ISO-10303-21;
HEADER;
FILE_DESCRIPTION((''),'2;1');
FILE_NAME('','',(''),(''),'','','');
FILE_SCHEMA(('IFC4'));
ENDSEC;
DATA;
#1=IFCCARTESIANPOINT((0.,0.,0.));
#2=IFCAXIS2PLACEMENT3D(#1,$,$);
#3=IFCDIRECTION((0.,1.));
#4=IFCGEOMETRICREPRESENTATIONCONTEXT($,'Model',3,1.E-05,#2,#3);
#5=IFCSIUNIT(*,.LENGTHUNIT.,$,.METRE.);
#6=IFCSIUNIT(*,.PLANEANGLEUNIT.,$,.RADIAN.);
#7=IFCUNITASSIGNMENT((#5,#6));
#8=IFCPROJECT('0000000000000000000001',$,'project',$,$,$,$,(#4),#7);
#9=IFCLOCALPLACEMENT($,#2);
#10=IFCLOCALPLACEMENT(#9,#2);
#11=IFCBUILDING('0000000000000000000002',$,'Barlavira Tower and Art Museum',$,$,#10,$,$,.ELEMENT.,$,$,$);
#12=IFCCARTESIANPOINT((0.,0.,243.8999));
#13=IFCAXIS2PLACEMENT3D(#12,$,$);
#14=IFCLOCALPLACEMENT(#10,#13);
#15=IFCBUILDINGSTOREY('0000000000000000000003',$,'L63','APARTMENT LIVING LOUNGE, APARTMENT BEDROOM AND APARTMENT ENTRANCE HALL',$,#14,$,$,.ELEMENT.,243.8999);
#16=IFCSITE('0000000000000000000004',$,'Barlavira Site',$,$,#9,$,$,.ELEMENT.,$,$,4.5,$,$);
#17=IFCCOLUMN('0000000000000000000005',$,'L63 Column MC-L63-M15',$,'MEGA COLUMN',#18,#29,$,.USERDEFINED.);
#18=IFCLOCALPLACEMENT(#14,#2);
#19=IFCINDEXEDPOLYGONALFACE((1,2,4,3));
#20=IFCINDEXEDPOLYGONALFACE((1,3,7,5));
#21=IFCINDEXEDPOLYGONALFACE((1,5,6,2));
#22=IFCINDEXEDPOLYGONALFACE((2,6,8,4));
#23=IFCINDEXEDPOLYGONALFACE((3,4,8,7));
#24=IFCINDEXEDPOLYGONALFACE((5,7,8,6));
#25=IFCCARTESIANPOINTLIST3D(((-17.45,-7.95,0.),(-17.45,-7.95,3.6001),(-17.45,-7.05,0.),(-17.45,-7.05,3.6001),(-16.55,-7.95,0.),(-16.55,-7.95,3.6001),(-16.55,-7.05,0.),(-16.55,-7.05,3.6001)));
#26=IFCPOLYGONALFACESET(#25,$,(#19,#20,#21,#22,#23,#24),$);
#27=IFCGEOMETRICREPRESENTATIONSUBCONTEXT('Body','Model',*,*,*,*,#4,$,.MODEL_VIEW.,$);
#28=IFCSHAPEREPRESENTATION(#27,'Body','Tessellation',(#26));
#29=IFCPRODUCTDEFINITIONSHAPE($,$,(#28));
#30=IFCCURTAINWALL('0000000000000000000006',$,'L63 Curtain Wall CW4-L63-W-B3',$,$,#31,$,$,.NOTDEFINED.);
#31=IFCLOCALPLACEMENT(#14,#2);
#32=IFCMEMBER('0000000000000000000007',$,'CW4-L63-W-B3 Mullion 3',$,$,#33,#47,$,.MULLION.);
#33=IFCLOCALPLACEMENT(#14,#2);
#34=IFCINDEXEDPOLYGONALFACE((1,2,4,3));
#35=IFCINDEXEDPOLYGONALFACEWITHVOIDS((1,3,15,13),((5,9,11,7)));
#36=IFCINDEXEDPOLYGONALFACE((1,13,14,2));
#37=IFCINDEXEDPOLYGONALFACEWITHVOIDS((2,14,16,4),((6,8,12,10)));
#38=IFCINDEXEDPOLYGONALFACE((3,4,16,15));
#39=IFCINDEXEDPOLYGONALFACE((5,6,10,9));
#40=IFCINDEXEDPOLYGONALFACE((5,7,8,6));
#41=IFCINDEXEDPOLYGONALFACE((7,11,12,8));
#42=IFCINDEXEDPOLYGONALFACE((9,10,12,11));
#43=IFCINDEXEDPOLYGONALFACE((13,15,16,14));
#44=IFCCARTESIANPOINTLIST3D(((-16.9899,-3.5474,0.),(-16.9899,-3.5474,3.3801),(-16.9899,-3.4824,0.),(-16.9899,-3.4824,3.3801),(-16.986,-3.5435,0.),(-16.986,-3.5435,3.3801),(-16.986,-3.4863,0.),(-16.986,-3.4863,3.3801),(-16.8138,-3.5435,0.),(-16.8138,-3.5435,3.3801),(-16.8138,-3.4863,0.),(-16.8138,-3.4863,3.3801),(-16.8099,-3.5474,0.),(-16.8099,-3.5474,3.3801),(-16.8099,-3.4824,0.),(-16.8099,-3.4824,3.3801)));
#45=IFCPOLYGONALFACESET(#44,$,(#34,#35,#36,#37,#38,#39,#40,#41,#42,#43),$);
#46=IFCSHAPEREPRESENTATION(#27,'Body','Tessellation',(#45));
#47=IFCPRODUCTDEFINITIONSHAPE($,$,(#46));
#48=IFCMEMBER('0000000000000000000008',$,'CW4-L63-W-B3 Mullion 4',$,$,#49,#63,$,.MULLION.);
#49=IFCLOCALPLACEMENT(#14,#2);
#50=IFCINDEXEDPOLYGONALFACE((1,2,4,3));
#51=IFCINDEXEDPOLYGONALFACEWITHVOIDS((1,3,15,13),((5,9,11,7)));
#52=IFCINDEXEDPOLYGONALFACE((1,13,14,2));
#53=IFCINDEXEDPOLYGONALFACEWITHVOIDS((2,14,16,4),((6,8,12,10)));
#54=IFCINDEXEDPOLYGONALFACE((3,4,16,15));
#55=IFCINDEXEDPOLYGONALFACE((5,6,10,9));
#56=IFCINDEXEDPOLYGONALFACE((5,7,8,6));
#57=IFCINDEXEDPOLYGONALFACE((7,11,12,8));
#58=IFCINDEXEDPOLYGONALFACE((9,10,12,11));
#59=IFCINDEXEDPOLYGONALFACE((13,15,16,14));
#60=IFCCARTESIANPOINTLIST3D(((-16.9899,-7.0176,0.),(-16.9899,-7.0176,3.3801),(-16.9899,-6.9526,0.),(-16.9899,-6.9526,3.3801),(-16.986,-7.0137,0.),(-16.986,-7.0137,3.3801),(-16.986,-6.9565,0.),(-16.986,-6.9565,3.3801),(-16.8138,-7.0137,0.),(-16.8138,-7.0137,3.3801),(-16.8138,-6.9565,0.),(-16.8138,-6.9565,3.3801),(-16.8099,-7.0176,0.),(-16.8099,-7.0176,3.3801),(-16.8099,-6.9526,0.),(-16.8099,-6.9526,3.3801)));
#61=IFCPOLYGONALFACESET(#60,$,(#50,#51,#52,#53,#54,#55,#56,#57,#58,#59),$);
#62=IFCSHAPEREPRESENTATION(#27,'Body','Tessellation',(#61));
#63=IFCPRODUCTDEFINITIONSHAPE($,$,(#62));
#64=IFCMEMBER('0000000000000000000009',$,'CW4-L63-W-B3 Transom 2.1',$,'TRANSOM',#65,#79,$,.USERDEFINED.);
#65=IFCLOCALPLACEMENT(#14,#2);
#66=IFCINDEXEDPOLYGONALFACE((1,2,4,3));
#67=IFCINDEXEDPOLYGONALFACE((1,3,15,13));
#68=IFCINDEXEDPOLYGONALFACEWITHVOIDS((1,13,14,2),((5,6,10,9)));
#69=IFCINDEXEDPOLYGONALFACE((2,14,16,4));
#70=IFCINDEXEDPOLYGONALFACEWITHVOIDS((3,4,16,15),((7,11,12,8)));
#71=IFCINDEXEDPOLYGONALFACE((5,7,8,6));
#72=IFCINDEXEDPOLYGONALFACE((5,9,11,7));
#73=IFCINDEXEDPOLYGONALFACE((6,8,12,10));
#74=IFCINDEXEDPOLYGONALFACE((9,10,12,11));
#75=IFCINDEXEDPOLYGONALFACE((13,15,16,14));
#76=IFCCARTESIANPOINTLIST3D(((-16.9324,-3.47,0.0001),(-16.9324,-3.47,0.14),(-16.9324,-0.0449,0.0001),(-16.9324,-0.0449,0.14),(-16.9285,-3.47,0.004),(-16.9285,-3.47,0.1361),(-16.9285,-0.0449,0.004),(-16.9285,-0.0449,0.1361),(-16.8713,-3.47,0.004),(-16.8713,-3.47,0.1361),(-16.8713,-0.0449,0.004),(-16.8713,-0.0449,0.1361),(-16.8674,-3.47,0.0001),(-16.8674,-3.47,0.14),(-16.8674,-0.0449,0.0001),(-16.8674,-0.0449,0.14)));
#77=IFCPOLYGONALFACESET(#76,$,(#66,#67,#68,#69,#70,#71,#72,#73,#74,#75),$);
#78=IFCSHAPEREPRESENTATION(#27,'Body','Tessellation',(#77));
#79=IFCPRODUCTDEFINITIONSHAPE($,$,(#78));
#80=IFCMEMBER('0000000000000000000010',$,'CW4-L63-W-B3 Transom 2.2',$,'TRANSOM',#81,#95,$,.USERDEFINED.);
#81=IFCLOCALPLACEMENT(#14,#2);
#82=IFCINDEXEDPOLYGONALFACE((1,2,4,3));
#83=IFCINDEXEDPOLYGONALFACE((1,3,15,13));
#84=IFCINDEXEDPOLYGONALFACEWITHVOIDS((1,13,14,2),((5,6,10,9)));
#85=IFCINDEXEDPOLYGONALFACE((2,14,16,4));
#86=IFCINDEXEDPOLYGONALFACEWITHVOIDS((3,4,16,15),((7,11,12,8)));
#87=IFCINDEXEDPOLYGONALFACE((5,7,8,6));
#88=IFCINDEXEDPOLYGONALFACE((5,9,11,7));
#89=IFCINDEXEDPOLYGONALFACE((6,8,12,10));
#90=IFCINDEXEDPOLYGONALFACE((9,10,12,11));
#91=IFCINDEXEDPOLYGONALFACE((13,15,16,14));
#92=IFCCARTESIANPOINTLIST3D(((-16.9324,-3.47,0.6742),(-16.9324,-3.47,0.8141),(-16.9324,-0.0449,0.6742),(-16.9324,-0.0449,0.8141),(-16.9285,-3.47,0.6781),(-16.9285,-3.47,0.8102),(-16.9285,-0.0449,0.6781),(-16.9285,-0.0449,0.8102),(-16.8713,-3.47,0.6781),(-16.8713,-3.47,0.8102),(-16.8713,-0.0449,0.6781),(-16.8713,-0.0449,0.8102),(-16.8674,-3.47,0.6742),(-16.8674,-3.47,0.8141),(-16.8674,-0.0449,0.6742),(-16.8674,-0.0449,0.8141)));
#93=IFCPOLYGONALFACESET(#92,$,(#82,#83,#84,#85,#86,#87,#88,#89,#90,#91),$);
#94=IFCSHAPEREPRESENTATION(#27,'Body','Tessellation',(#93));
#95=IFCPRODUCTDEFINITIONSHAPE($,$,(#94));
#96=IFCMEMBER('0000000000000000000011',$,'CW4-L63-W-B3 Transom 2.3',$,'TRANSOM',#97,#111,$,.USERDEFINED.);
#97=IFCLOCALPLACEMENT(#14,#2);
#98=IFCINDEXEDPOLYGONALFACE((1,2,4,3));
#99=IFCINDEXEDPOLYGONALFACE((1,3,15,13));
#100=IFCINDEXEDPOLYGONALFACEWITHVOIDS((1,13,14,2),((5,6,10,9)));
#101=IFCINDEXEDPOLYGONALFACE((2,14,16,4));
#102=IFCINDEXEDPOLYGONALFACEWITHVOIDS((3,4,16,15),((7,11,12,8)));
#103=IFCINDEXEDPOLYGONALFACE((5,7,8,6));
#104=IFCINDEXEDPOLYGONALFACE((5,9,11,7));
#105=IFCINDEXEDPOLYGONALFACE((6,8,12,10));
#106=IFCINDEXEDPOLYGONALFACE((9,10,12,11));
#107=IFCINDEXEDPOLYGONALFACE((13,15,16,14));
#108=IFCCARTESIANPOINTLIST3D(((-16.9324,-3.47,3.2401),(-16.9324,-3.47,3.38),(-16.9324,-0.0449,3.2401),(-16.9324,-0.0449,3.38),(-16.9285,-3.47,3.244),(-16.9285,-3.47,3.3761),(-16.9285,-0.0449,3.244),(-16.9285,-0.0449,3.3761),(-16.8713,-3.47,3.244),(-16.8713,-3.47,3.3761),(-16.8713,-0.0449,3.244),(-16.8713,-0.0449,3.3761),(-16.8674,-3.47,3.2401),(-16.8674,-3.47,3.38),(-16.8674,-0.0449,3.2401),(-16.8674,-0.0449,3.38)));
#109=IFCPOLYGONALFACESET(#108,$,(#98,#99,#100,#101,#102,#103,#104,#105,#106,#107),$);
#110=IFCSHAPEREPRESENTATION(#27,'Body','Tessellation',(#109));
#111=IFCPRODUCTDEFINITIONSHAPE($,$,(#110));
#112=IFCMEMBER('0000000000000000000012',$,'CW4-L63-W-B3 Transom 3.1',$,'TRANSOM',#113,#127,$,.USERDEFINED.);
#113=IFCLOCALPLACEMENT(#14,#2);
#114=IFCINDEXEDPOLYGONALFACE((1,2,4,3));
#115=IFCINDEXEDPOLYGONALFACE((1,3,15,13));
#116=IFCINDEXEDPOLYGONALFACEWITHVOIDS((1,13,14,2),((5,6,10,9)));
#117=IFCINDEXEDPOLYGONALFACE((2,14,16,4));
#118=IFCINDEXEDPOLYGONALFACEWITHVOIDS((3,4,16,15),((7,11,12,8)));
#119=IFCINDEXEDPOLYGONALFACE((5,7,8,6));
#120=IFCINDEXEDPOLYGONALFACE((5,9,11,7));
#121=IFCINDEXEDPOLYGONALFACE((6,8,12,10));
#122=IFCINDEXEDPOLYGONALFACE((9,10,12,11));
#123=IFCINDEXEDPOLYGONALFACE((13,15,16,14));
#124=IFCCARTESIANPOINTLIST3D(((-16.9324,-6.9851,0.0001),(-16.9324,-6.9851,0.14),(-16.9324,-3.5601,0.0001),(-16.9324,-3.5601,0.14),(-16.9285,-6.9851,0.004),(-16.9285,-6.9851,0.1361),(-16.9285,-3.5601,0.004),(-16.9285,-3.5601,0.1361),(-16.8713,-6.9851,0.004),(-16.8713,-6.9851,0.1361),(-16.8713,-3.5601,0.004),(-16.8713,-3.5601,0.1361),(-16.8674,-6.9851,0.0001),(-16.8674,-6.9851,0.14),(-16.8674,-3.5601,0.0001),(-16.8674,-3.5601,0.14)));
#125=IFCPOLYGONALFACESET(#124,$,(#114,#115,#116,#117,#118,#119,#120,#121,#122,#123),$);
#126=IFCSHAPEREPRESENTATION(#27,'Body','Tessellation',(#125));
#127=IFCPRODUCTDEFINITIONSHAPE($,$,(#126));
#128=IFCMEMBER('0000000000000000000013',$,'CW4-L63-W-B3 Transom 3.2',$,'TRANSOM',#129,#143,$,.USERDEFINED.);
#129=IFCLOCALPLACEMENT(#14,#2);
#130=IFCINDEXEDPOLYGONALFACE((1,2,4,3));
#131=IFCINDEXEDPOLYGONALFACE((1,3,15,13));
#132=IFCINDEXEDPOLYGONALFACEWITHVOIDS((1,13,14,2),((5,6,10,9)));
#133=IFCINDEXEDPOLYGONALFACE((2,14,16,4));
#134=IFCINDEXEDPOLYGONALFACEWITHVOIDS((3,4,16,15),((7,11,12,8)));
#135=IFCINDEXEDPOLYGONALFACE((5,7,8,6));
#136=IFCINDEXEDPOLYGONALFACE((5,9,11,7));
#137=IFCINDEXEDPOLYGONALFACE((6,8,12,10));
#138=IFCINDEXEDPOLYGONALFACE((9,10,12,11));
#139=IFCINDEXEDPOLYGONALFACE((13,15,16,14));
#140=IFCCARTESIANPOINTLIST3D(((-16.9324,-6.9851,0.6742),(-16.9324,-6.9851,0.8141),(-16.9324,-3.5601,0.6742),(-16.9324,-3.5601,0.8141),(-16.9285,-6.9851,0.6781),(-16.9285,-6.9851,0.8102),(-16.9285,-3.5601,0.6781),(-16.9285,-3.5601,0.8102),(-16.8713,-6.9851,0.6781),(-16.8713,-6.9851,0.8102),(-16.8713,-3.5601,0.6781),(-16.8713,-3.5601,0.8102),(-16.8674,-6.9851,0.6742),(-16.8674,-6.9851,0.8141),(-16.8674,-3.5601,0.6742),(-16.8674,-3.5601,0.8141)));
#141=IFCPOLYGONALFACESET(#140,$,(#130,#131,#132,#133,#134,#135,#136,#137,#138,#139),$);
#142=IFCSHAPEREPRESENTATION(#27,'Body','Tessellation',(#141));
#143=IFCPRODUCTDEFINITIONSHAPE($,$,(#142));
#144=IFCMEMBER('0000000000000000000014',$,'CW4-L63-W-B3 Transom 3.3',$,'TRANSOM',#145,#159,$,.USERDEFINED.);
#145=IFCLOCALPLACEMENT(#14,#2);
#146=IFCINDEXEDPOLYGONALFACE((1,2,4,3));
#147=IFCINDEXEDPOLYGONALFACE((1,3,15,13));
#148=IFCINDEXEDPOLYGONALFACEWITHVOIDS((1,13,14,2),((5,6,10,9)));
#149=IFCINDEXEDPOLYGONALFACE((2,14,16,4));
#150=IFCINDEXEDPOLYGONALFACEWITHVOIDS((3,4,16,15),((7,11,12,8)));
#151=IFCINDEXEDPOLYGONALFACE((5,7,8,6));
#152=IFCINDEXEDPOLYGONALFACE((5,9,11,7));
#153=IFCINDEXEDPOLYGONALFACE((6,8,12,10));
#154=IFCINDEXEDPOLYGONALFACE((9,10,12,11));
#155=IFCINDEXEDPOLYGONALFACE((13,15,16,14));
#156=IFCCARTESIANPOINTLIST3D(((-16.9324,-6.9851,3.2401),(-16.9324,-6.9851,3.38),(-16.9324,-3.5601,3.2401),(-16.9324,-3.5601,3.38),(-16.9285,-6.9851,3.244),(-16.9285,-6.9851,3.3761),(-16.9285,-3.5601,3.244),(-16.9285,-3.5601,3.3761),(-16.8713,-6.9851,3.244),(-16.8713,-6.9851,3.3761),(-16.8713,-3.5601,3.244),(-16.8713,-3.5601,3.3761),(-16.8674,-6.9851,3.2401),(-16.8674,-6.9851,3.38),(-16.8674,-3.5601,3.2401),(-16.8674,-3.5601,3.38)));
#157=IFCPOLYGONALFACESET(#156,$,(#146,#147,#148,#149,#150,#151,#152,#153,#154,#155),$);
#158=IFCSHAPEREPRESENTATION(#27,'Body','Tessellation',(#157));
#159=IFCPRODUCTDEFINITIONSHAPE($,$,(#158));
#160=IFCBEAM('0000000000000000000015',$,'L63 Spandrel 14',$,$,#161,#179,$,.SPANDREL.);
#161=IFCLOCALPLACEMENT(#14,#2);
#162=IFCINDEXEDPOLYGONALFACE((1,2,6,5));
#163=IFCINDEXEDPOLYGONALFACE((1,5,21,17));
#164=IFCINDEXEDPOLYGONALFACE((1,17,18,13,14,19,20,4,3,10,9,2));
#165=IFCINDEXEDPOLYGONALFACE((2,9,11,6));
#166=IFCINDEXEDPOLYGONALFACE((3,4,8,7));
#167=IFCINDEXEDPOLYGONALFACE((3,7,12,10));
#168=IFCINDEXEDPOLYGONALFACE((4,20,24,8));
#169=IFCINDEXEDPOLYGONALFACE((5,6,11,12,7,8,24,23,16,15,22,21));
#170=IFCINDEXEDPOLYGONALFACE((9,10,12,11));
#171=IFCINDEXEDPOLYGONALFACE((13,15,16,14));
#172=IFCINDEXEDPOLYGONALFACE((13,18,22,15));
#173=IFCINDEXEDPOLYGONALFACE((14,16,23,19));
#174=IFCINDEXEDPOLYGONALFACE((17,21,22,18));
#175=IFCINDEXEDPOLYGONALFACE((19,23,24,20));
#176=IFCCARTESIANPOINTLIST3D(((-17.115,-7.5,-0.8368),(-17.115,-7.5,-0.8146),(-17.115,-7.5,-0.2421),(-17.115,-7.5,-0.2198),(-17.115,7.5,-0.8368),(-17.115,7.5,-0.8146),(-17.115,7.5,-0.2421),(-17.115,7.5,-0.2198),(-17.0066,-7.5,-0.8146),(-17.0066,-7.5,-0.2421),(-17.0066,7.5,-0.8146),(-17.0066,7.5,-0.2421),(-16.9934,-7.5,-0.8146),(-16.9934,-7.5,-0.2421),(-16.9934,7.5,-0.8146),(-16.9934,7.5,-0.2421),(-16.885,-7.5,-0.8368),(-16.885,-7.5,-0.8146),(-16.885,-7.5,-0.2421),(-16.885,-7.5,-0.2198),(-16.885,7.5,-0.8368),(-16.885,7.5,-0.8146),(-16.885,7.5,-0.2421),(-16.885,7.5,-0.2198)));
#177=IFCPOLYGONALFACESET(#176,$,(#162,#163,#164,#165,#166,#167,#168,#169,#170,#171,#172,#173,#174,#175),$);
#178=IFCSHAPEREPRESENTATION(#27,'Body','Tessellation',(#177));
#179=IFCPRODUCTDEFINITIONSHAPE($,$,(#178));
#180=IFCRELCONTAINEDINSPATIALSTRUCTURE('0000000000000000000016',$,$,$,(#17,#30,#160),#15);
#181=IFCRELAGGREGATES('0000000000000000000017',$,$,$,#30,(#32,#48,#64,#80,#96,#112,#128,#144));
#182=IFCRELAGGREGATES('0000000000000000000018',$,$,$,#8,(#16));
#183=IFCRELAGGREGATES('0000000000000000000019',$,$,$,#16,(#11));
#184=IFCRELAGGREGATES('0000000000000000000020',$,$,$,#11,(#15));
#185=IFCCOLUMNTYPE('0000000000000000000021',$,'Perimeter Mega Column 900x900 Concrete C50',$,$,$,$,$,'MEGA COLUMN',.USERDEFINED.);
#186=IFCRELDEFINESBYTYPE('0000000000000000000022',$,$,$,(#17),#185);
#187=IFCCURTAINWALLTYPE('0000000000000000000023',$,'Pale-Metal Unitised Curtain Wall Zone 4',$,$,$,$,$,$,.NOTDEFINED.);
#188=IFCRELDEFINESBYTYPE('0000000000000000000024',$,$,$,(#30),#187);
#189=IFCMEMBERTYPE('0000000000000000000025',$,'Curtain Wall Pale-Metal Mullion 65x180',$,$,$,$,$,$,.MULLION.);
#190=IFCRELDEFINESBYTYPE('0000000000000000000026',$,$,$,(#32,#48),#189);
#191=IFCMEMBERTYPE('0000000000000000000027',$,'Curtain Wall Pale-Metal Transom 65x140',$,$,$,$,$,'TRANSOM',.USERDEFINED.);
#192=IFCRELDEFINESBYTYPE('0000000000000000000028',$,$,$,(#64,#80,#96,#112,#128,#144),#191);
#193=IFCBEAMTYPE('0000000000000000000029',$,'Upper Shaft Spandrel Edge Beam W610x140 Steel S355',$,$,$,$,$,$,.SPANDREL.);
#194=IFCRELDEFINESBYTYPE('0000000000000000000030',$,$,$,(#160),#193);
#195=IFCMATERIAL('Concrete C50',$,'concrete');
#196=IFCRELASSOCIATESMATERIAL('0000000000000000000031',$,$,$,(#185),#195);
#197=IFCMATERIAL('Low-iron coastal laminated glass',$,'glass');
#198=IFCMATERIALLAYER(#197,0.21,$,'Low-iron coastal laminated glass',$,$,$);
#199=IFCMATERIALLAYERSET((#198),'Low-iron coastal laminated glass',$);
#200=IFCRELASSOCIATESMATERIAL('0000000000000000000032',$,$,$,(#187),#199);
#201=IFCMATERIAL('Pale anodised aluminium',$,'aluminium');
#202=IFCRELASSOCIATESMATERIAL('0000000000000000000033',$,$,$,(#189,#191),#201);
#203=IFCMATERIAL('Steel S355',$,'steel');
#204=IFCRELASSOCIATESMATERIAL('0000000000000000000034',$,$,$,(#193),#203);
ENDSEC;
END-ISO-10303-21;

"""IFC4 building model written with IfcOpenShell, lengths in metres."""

from ifc_helpers import new_model, si_unit, direction, frame, origin, origin_2d, place, context, subcontext, project, spatial, rectangle, hollow_rectangle, i_section, extrude, material, layer, layer_set, material_profile, profile_set, type_object, element, aggregate, save


model = new_model("IFC4")

# Units and contexts
model_context = context("Model", 3, precision=1e-05, world=origin(), true_north=direction((0.0, 1.0)))
body_context = subcontext(model_context, "Body", "Model", "MODEL_VIEW")
ifc_project = project(units=[si_unit("LENGTHUNIT", "METRE"), si_unit("PLANEANGLEUNIT", "RADIAN")], contexts=[model_context])

# Site, building, storey
site_placement = place(None, origin())
site = spatial("IfcSite", under=ifc_project, at=site_placement, Name="Barlavira Site", CompositionType="ELEMENT", RefElevation=4.5)
building_placement = place(site_placement, origin())
building = spatial("IfcBuilding", under=site, at=building_placement, Name="Barlavira Tower and Art Museum", CompositionType="ELEMENT")
storey_placement = place(building_placement, frame((0.0, 0.0, 243.8999)))
storey = spatial("IfcBuildingStorey", under=building, at=storey_placement, Name="L63", Description="APARTMENT LIVING LOUNGE, APARTMENT BEDROOM AND APARTMENT ENTRANCE HALL", CompositionType="ELEMENT", Elevation=243.8999)

# Column
ifc_material_1 = material(Name="Concrete C50", Category="concrete")
ifc_material_profile_1 = material_profile(ifc_material_1, rectangle(XDim=0.8999, YDim=0.8999, at=origin_2d()), Name="RC-COL 900x900")
ifc_profile_set_1 = profile_set([ifc_material_profile_1], Name="Concrete C50")
column_type = type_object("IfcColumnType", Name="Perimeter Mega Column 900x900 Concrete C50", ElementType="MEGA COLUMN", PredefinedType="USERDEFINED", material=ifc_profile_set_1)
column_placement = place(storey_placement, frame((-17.0, -7.5, 0.0), z_axis=(0.0, 0.0, 1.0), x_axis=(1.0, 0.0, 0.0)))
element("IfcColumn", 1, at=column_placement, inside=storey, type_object=column_type, Name="L63 Column MC-L63-M15", ObjectType="MEGA COLUMN", PredefinedType="USERDEFINED", context=body_context, shape_type="SweptSolid", body=[
    extrude(rectangle(XDim=0.8999, YDim=0.8999, at=origin_2d()), origin(), (0.0, 0.0, 1.0), 3.6001),
])

# Curtain wall, members
ifc_material_2 = material(Name="Low-iron coastal laminated glass", Category="glass")
ifc_layer_1 = layer(ifc_material_2, 0.21, Name="Low-iron coastal laminated glass")
ifc_layer_set_1 = layer_set([ifc_layer_1], Name="Low-iron coastal laminated glass")
curtain_wall_type = type_object("IfcCurtainWallType", Name="Pale-Metal Unitised Curtain Wall Zone 4", PredefinedType="NOTDEFINED", material=ifc_layer_set_1)
curtain_wall_placement = place(storey_placement, origin())
curtain_wall = element("IfcCurtainWall", 2, at=curtain_wall_placement, inside=storey, type_object=curtain_wall_type, Name="L63 Curtain Wall CW4-L63-W-B3", PredefinedType="NOTDEFINED")
ifc_material_3 = material(Name="Pale anodised aluminium", Category="aluminium")
ifc_material_profile_2 = material_profile(ifc_material_3, hollow_rectangle(XDim=0.0649, YDim=0.1799, WallThickness=0.0039, at=origin_2d()), Name="ALU-MULL 65x180x4")
ifc_profile_set_2 = profile_set([ifc_material_profile_2], Name="Pale anodised aluminium")
member_type_1 = type_object("IfcMemberType", Name="Curtain Wall Pale-Metal Mullion 65x180", PredefinedType="MULLION", material=ifc_profile_set_2)
member_1_placement = place(storey_placement, frame((-16.8999, -3.5149, 0.0), z_axis=(0.0, 0.0, 1.0), x_axis=(0.0, -1.0, 0.0)))
member_1 = element("IfcMember", 3, at=member_1_placement, type_object=member_type_1, Name="CW4-L63-W-B3 Mullion 3", PredefinedType="MULLION", context=body_context, shape_type="SweptSolid", body=[
    extrude(hollow_rectangle(XDim=0.0649, YDim=0.1799, WallThickness=0.0039, at=origin_2d()), origin(), (0.0, 0.0, 1.0), 3.3801),
])
member_2_placement = place(storey_placement, frame((-16.8999, -6.9851, 0.0), z_axis=(0.0, 0.0, 1.0), x_axis=(0.0, -1.0, 0.0)))
member_2 = element("IfcMember", 4, at=member_2_placement, type_object=member_type_1, Name="CW4-L63-W-B3 Mullion 4", PredefinedType="MULLION", context=body_context, shape_type="SweptSolid", body=[
    extrude(hollow_rectangle(XDim=0.0649, YDim=0.1799, WallThickness=0.0039, at=origin_2d()), origin(), (0.0, 0.0, 1.0), 3.3801),
])
ifc_material_profile_3 = material_profile(ifc_material_3, hollow_rectangle(XDim=0.0649, YDim=0.1399, WallThickness=0.0039, at=origin_2d()), Name="ALU-TRAN 65x140x4")
ifc_profile_set_3 = profile_set([ifc_material_profile_3], Name="Pale anodised aluminium")
member_type_2 = type_object("IfcMemberType", Name="Curtain Wall Pale-Metal Transom 65x140", ElementType="TRANSOM", PredefinedType="USERDEFINED", material=ifc_profile_set_3)
member_3_placement = place(storey_placement, frame((-16.8999, -0.0449, 0.0701), z_axis=(0.0, -1.0, 0.0), x_axis=(1.0, 0.0, 0.0)))
member_3 = element("IfcMember", 5, at=member_3_placement, type_object=member_type_2, Name="CW4-L63-W-B3 Transom 2.1", ObjectType="TRANSOM", PredefinedType="USERDEFINED", context=body_context, shape_type="SweptSolid", body=[
    extrude(hollow_rectangle(XDim=0.0649, YDim=0.1399, WallThickness=0.0039, at=origin_2d()), origin(), (0.0, 0.0, 1.0), 3.425),
])
member_4_placement = place(storey_placement, frame((-16.8999, -0.0449, 0.7441), z_axis=(0.0, -1.0, 0.0), x_axis=(1.0, 0.0, 0.0)))
member_4 = element("IfcMember", 6, at=member_4_placement, type_object=member_type_2, Name="CW4-L63-W-B3 Transom 2.2", ObjectType="TRANSOM", PredefinedType="USERDEFINED", context=body_context, shape_type="SweptSolid", body=[
    extrude(hollow_rectangle(XDim=0.0649, YDim=0.1399, WallThickness=0.0039, at=origin_2d()), origin(), (0.0, 0.0, 1.0), 3.425),
])
member_5_placement = place(storey_placement, frame((-16.8999, -0.0449, 3.3101), z_axis=(0.0, -1.0, 0.0), x_axis=(1.0, 0.0, 0.0)))
member_5 = element("IfcMember", 7, at=member_5_placement, type_object=member_type_2, Name="CW4-L63-W-B3 Transom 2.3", ObjectType="TRANSOM", PredefinedType="USERDEFINED", context=body_context, shape_type="SweptSolid", body=[
    extrude(hollow_rectangle(XDim=0.0649, YDim=0.1399, WallThickness=0.0039, at=origin_2d()), origin(), (0.0, 0.0, 1.0), 3.425),
])
member_6_placement = place(storey_placement, frame((-16.8999, -3.5601, 0.0701), z_axis=(0.0, -1.0, 0.0), x_axis=(1.0, 0.0, 0.0)))
member_6 = element("IfcMember", 8, at=member_6_placement, type_object=member_type_2, Name="CW4-L63-W-B3 Transom 3.1", ObjectType="TRANSOM", PredefinedType="USERDEFINED", context=body_context, shape_type="SweptSolid", body=[
    extrude(hollow_rectangle(XDim=0.0649, YDim=0.1399, WallThickness=0.0039, at=origin_2d()), origin(), (0.0, 0.0, 1.0), 3.425),
])
member_7_placement = place(storey_placement, frame((-16.8999, -3.5601, 0.7441), z_axis=(0.0, -1.0, 0.0), x_axis=(1.0, 0.0, 0.0)))
member_7 = element("IfcMember", 9, at=member_7_placement, type_object=member_type_2, Name="CW4-L63-W-B3 Transom 3.2", ObjectType="TRANSOM", PredefinedType="USERDEFINED", context=body_context, shape_type="SweptSolid", body=[
    extrude(hollow_rectangle(XDim=0.0649, YDim=0.1399, WallThickness=0.0039, at=origin_2d()), origin(), (0.0, 0.0, 1.0), 3.425),
])
member_8_placement = place(storey_placement, frame((-16.8999, -3.5601, 3.3101), z_axis=(0.0, -1.0, 0.0), x_axis=(1.0, 0.0, 0.0)))
member_8 = element("IfcMember", 10, at=member_8_placement, type_object=member_type_2, Name="CW4-L63-W-B3 Transom 3.3", ObjectType="TRANSOM", PredefinedType="USERDEFINED", context=body_context, shape_type="SweptSolid", body=[
    extrude(hollow_rectangle(XDim=0.0649, YDim=0.1399, WallThickness=0.0039, at=origin_2d()), origin(), (0.0, 0.0, 1.0), 3.425),
])

# Beam
ifc_material_4 = material(Name="Steel S355", Category="steel")
ifc_material_profile_4 = material_profile(ifc_material_4, i_section(OverallWidth=0.23, OverallDepth=0.6169, WebThickness=0.0132, FlangeThickness=0.0222, at=origin_2d()), Name="W610x140.0")
ifc_profile_set_4 = profile_set([ifc_material_profile_4], Name="Steel S355")
beam_type_1 = type_object("IfcBeamType", Name="Upper Shaft Spandrel Edge Beam W610x140 Steel S355", PredefinedType="SPANDREL", material=ifc_profile_set_4)
beam_1_placement = place(storey_placement, frame((-17.0, -7.5, -0.5283), z_axis=(0.0, 1.0, 0.0), x_axis=(-1.0, 0.0, 0.0)))
element("IfcBeam", 11, at=beam_1_placement, inside=storey, type_object=beam_type_1, Name="L63 Spandrel 14", PredefinedType="SPANDREL", context=body_context, shape_type="SweptSolid", body=[
    extrude(i_section(OverallWidth=0.23, OverallDepth=0.6169, WebThickness=0.0132, FlangeThickness=0.0222, at=origin_2d()), origin(), (0.0, 0.0, 1.0), 15.0),
])

aggregate(curtain_wall, [member_1, member_2, member_3, member_4, member_5, member_6, member_7, member_8])

save(model, "model.ifc")
